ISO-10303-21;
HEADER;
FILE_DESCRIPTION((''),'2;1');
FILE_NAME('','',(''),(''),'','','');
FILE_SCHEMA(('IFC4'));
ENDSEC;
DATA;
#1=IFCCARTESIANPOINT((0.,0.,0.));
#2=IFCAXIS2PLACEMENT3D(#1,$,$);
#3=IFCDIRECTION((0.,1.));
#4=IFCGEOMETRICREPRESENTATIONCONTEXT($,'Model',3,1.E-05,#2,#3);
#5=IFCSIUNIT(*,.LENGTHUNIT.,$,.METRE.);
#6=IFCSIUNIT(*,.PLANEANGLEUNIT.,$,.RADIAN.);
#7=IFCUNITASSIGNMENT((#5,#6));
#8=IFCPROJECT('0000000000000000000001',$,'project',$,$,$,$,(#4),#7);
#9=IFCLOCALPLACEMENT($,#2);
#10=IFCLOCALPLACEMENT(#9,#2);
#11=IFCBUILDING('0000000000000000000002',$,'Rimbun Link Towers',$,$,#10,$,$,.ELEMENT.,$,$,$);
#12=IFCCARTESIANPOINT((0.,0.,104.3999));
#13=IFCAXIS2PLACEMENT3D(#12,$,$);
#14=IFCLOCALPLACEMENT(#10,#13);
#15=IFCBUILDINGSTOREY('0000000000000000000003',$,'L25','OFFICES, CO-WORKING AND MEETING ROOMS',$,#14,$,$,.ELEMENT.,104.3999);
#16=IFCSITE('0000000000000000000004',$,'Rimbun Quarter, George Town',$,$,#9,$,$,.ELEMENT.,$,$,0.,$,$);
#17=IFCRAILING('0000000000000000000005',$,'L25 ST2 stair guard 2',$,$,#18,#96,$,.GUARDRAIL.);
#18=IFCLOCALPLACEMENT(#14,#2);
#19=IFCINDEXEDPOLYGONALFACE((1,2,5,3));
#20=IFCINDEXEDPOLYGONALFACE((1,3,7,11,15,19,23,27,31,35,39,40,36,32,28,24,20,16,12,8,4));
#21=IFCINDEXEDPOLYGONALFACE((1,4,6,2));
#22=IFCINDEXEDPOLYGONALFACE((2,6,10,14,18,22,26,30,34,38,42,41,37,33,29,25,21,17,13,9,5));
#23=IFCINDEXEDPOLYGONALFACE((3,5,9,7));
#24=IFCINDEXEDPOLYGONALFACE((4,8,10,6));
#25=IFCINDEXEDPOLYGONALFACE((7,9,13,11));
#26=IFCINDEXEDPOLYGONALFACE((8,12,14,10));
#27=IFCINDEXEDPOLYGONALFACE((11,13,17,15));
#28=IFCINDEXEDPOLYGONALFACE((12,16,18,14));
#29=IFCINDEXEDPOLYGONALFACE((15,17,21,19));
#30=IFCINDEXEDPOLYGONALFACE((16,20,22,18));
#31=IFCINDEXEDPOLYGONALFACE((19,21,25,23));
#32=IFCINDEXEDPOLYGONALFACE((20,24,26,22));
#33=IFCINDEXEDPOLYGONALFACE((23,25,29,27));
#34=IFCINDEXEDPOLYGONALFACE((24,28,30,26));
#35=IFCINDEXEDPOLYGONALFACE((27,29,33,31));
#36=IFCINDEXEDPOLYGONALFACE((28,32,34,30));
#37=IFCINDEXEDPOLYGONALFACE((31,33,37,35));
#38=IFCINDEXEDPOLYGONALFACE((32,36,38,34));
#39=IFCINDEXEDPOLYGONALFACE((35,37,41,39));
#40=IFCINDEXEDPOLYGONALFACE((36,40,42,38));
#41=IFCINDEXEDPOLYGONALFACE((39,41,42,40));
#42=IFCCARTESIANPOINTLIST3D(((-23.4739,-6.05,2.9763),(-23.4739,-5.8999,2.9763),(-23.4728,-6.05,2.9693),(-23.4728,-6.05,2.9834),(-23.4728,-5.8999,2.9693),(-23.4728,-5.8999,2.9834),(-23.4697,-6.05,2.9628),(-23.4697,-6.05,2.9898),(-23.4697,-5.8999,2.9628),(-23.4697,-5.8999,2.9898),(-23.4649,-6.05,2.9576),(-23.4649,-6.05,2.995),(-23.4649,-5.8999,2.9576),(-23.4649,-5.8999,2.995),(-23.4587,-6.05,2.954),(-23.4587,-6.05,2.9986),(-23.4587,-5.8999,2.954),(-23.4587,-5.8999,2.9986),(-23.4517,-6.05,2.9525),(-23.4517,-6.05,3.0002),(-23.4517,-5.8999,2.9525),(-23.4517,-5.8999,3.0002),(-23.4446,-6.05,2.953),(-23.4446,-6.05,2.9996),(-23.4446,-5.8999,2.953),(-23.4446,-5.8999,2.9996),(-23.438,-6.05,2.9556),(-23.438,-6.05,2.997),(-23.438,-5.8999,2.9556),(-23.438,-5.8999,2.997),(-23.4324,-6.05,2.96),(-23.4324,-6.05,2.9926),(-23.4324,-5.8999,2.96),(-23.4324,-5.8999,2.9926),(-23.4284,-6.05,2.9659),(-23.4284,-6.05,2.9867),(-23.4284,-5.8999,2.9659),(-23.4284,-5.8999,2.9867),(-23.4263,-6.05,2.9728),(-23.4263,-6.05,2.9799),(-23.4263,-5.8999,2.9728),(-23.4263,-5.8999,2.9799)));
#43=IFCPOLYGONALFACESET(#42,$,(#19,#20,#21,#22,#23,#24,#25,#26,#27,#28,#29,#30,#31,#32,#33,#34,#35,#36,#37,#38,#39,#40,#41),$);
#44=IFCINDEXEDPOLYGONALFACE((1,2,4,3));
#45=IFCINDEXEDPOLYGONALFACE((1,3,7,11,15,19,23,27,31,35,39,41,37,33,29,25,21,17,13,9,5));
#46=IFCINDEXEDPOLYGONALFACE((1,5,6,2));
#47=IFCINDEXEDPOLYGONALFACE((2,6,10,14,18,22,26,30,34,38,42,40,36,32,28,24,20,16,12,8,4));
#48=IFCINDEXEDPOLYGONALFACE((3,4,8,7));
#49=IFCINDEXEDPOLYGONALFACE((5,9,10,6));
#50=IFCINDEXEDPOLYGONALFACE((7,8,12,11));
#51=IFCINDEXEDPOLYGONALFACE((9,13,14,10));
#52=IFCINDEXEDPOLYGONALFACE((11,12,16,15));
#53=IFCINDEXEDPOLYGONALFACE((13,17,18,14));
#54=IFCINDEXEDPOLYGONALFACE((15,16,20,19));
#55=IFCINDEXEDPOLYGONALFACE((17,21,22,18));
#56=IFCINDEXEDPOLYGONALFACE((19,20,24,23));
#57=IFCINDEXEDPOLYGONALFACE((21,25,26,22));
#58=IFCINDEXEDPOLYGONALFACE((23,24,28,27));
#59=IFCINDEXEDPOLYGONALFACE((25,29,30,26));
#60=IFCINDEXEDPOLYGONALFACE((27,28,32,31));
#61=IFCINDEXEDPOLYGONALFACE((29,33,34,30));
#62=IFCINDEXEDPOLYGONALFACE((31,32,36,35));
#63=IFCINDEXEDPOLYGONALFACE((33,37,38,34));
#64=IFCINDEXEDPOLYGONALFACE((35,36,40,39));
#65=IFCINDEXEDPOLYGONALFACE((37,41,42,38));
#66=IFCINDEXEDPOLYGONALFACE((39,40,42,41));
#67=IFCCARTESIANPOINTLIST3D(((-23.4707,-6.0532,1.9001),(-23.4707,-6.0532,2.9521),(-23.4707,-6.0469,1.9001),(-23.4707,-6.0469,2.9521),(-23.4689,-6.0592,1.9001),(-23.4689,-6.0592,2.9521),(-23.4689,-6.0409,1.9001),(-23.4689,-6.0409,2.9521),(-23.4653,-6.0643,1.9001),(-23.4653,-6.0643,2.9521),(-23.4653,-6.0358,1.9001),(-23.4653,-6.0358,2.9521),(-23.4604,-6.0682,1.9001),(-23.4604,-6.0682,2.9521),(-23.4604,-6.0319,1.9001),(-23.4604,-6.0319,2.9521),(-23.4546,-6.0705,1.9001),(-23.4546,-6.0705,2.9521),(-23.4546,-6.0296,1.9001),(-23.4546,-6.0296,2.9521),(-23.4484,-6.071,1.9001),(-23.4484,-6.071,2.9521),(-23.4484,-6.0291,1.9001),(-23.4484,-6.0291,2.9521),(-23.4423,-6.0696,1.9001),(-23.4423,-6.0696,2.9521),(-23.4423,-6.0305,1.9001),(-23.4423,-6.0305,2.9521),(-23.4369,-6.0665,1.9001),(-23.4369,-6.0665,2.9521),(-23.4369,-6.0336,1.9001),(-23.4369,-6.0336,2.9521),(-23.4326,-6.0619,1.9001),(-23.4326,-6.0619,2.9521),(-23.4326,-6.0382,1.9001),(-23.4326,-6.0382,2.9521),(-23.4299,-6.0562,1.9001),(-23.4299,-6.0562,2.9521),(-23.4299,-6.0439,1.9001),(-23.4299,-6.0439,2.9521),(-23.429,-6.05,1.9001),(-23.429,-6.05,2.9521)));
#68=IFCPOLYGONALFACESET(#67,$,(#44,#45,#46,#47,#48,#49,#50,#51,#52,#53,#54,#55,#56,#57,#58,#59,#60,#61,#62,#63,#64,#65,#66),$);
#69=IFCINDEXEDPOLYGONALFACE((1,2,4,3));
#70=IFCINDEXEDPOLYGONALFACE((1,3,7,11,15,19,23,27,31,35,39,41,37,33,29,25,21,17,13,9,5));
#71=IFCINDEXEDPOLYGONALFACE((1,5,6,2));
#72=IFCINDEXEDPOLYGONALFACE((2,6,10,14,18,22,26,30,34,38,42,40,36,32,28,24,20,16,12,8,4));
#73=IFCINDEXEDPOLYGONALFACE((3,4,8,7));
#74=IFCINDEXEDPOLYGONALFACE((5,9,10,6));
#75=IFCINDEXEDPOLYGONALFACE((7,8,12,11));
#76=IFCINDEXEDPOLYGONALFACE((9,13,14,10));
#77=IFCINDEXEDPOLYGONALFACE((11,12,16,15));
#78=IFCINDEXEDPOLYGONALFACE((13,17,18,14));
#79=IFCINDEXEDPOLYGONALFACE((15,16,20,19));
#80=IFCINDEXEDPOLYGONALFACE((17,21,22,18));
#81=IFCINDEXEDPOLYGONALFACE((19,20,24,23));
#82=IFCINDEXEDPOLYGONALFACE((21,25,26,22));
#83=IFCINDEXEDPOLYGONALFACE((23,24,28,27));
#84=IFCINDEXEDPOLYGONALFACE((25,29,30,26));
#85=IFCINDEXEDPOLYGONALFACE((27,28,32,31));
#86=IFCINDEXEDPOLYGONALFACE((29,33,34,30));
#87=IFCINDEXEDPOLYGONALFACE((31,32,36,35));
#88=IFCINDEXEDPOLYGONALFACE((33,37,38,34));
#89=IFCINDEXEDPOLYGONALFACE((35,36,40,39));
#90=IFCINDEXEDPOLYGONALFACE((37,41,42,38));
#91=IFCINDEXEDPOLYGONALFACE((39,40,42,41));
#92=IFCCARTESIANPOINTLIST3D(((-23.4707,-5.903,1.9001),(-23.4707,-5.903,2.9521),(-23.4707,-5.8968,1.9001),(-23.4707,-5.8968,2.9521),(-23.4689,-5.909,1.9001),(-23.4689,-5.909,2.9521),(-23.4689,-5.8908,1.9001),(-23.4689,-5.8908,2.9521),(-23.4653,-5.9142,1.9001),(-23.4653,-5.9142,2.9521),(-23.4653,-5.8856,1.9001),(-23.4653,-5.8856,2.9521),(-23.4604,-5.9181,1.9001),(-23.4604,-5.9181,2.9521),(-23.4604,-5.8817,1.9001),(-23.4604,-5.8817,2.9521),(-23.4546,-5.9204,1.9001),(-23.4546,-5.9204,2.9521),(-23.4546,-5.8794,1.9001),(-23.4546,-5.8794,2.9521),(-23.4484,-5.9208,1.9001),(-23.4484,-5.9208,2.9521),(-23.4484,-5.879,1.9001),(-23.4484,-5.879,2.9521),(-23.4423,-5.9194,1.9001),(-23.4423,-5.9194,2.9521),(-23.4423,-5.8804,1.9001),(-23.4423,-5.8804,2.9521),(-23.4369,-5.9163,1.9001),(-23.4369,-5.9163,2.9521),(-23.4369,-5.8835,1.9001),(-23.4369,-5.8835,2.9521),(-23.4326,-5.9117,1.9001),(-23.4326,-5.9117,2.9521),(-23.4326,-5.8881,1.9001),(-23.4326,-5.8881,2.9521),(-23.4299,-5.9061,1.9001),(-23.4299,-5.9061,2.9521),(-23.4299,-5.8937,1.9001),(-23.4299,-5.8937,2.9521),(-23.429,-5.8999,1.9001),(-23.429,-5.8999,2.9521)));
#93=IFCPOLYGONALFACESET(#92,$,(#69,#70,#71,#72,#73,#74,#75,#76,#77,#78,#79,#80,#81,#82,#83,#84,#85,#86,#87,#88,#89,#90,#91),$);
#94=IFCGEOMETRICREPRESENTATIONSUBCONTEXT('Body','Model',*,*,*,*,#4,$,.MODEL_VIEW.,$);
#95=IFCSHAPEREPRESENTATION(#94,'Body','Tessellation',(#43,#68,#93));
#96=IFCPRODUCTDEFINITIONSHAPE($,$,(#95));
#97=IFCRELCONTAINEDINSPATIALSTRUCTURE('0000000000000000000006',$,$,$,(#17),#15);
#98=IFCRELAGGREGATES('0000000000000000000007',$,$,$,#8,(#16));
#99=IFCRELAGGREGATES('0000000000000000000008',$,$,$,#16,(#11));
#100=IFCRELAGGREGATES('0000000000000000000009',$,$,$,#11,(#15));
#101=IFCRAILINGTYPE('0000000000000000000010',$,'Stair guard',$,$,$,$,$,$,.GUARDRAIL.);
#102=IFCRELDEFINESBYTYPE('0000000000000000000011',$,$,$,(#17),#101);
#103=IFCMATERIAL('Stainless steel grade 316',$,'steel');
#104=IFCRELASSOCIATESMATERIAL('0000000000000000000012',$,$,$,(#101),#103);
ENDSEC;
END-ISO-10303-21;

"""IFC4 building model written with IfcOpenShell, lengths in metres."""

from ifc_helpers import new_model, si_unit, direction, frame, origin, origin_2d, place, context, subcontext, project, spatial, circle, extrude, material, type_object, element, save


model = new_model("IFC4")

# Units and contexts
model_context = context("Model", 3, precision=1e-05, world=origin(), true_north=direction((0.0, 1.0)))
body_context = subcontext(model_context, "Body", "Model", "MODEL_VIEW")
ifc_project = project(units=[si_unit("LENGTHUNIT", "METRE"), si_unit("PLANEANGLEUNIT", "RADIAN")], contexts=[model_context])

# Site, building, storey
site_placement = place(None, origin())
site = spatial("IfcSite", under=ifc_project, at=site_placement, Name="Rimbun Quarter, George Town", CompositionType="ELEMENT", RefElevation=0.0)
building_placement = place(site_placement, origin())
building = spatial("IfcBuilding", under=site, at=building_placement, Name="Rimbun Link Towers", CompositionType="ELEMENT")
storey_placement = place(building_placement, frame((0.0, 0.0, 104.3999)))
storey = spatial("IfcBuildingStorey", under=building, at=storey_placement, Name="L25", Description="OFFICES, CO-WORKING AND MEETING ROOMS", CompositionType="ELEMENT", Elevation=104.3999)

# Railing
ifc_material_1 = material(Name="Stainless steel grade 316", Category="steel")
railing_type_1 = type_object("IfcRailingType", Name="Stair guard", PredefinedType="GUARDRAIL", material=ifc_material_1)
railing_1_placement = place(storey_placement, frame((-23.45, -6.05, 1.9001)))
element("IfcRailing", 1, at=railing_1_placement, inside=storey, type_object=railing_type_1, Name="L25 ST2 stair guard 2", PredefinedType="GUARDRAIL", context=body_context, shape_type="SweptSolid", body=[
    extrude(circle(Radius=0.0239, at=origin_2d()), frame((0.0, 0.0, 1.0762), z_axis=(0.0, 1.0, 0.0), x_axis=(-1.0, 0.0, 0.0)), (0.0, 0.0, 1.0), 0.1501),
    extrude(circle(Radius=0.021, at=origin_2d()), origin(), (0.0, 0.0, 1.0), 1.052),
    extrude(circle(Radius=0.021, at=origin_2d()), frame((0.0, 0.1501, 0.0)), (0.0, 0.0, 1.0), 1.052),
])

save(model, "model.ifc")
